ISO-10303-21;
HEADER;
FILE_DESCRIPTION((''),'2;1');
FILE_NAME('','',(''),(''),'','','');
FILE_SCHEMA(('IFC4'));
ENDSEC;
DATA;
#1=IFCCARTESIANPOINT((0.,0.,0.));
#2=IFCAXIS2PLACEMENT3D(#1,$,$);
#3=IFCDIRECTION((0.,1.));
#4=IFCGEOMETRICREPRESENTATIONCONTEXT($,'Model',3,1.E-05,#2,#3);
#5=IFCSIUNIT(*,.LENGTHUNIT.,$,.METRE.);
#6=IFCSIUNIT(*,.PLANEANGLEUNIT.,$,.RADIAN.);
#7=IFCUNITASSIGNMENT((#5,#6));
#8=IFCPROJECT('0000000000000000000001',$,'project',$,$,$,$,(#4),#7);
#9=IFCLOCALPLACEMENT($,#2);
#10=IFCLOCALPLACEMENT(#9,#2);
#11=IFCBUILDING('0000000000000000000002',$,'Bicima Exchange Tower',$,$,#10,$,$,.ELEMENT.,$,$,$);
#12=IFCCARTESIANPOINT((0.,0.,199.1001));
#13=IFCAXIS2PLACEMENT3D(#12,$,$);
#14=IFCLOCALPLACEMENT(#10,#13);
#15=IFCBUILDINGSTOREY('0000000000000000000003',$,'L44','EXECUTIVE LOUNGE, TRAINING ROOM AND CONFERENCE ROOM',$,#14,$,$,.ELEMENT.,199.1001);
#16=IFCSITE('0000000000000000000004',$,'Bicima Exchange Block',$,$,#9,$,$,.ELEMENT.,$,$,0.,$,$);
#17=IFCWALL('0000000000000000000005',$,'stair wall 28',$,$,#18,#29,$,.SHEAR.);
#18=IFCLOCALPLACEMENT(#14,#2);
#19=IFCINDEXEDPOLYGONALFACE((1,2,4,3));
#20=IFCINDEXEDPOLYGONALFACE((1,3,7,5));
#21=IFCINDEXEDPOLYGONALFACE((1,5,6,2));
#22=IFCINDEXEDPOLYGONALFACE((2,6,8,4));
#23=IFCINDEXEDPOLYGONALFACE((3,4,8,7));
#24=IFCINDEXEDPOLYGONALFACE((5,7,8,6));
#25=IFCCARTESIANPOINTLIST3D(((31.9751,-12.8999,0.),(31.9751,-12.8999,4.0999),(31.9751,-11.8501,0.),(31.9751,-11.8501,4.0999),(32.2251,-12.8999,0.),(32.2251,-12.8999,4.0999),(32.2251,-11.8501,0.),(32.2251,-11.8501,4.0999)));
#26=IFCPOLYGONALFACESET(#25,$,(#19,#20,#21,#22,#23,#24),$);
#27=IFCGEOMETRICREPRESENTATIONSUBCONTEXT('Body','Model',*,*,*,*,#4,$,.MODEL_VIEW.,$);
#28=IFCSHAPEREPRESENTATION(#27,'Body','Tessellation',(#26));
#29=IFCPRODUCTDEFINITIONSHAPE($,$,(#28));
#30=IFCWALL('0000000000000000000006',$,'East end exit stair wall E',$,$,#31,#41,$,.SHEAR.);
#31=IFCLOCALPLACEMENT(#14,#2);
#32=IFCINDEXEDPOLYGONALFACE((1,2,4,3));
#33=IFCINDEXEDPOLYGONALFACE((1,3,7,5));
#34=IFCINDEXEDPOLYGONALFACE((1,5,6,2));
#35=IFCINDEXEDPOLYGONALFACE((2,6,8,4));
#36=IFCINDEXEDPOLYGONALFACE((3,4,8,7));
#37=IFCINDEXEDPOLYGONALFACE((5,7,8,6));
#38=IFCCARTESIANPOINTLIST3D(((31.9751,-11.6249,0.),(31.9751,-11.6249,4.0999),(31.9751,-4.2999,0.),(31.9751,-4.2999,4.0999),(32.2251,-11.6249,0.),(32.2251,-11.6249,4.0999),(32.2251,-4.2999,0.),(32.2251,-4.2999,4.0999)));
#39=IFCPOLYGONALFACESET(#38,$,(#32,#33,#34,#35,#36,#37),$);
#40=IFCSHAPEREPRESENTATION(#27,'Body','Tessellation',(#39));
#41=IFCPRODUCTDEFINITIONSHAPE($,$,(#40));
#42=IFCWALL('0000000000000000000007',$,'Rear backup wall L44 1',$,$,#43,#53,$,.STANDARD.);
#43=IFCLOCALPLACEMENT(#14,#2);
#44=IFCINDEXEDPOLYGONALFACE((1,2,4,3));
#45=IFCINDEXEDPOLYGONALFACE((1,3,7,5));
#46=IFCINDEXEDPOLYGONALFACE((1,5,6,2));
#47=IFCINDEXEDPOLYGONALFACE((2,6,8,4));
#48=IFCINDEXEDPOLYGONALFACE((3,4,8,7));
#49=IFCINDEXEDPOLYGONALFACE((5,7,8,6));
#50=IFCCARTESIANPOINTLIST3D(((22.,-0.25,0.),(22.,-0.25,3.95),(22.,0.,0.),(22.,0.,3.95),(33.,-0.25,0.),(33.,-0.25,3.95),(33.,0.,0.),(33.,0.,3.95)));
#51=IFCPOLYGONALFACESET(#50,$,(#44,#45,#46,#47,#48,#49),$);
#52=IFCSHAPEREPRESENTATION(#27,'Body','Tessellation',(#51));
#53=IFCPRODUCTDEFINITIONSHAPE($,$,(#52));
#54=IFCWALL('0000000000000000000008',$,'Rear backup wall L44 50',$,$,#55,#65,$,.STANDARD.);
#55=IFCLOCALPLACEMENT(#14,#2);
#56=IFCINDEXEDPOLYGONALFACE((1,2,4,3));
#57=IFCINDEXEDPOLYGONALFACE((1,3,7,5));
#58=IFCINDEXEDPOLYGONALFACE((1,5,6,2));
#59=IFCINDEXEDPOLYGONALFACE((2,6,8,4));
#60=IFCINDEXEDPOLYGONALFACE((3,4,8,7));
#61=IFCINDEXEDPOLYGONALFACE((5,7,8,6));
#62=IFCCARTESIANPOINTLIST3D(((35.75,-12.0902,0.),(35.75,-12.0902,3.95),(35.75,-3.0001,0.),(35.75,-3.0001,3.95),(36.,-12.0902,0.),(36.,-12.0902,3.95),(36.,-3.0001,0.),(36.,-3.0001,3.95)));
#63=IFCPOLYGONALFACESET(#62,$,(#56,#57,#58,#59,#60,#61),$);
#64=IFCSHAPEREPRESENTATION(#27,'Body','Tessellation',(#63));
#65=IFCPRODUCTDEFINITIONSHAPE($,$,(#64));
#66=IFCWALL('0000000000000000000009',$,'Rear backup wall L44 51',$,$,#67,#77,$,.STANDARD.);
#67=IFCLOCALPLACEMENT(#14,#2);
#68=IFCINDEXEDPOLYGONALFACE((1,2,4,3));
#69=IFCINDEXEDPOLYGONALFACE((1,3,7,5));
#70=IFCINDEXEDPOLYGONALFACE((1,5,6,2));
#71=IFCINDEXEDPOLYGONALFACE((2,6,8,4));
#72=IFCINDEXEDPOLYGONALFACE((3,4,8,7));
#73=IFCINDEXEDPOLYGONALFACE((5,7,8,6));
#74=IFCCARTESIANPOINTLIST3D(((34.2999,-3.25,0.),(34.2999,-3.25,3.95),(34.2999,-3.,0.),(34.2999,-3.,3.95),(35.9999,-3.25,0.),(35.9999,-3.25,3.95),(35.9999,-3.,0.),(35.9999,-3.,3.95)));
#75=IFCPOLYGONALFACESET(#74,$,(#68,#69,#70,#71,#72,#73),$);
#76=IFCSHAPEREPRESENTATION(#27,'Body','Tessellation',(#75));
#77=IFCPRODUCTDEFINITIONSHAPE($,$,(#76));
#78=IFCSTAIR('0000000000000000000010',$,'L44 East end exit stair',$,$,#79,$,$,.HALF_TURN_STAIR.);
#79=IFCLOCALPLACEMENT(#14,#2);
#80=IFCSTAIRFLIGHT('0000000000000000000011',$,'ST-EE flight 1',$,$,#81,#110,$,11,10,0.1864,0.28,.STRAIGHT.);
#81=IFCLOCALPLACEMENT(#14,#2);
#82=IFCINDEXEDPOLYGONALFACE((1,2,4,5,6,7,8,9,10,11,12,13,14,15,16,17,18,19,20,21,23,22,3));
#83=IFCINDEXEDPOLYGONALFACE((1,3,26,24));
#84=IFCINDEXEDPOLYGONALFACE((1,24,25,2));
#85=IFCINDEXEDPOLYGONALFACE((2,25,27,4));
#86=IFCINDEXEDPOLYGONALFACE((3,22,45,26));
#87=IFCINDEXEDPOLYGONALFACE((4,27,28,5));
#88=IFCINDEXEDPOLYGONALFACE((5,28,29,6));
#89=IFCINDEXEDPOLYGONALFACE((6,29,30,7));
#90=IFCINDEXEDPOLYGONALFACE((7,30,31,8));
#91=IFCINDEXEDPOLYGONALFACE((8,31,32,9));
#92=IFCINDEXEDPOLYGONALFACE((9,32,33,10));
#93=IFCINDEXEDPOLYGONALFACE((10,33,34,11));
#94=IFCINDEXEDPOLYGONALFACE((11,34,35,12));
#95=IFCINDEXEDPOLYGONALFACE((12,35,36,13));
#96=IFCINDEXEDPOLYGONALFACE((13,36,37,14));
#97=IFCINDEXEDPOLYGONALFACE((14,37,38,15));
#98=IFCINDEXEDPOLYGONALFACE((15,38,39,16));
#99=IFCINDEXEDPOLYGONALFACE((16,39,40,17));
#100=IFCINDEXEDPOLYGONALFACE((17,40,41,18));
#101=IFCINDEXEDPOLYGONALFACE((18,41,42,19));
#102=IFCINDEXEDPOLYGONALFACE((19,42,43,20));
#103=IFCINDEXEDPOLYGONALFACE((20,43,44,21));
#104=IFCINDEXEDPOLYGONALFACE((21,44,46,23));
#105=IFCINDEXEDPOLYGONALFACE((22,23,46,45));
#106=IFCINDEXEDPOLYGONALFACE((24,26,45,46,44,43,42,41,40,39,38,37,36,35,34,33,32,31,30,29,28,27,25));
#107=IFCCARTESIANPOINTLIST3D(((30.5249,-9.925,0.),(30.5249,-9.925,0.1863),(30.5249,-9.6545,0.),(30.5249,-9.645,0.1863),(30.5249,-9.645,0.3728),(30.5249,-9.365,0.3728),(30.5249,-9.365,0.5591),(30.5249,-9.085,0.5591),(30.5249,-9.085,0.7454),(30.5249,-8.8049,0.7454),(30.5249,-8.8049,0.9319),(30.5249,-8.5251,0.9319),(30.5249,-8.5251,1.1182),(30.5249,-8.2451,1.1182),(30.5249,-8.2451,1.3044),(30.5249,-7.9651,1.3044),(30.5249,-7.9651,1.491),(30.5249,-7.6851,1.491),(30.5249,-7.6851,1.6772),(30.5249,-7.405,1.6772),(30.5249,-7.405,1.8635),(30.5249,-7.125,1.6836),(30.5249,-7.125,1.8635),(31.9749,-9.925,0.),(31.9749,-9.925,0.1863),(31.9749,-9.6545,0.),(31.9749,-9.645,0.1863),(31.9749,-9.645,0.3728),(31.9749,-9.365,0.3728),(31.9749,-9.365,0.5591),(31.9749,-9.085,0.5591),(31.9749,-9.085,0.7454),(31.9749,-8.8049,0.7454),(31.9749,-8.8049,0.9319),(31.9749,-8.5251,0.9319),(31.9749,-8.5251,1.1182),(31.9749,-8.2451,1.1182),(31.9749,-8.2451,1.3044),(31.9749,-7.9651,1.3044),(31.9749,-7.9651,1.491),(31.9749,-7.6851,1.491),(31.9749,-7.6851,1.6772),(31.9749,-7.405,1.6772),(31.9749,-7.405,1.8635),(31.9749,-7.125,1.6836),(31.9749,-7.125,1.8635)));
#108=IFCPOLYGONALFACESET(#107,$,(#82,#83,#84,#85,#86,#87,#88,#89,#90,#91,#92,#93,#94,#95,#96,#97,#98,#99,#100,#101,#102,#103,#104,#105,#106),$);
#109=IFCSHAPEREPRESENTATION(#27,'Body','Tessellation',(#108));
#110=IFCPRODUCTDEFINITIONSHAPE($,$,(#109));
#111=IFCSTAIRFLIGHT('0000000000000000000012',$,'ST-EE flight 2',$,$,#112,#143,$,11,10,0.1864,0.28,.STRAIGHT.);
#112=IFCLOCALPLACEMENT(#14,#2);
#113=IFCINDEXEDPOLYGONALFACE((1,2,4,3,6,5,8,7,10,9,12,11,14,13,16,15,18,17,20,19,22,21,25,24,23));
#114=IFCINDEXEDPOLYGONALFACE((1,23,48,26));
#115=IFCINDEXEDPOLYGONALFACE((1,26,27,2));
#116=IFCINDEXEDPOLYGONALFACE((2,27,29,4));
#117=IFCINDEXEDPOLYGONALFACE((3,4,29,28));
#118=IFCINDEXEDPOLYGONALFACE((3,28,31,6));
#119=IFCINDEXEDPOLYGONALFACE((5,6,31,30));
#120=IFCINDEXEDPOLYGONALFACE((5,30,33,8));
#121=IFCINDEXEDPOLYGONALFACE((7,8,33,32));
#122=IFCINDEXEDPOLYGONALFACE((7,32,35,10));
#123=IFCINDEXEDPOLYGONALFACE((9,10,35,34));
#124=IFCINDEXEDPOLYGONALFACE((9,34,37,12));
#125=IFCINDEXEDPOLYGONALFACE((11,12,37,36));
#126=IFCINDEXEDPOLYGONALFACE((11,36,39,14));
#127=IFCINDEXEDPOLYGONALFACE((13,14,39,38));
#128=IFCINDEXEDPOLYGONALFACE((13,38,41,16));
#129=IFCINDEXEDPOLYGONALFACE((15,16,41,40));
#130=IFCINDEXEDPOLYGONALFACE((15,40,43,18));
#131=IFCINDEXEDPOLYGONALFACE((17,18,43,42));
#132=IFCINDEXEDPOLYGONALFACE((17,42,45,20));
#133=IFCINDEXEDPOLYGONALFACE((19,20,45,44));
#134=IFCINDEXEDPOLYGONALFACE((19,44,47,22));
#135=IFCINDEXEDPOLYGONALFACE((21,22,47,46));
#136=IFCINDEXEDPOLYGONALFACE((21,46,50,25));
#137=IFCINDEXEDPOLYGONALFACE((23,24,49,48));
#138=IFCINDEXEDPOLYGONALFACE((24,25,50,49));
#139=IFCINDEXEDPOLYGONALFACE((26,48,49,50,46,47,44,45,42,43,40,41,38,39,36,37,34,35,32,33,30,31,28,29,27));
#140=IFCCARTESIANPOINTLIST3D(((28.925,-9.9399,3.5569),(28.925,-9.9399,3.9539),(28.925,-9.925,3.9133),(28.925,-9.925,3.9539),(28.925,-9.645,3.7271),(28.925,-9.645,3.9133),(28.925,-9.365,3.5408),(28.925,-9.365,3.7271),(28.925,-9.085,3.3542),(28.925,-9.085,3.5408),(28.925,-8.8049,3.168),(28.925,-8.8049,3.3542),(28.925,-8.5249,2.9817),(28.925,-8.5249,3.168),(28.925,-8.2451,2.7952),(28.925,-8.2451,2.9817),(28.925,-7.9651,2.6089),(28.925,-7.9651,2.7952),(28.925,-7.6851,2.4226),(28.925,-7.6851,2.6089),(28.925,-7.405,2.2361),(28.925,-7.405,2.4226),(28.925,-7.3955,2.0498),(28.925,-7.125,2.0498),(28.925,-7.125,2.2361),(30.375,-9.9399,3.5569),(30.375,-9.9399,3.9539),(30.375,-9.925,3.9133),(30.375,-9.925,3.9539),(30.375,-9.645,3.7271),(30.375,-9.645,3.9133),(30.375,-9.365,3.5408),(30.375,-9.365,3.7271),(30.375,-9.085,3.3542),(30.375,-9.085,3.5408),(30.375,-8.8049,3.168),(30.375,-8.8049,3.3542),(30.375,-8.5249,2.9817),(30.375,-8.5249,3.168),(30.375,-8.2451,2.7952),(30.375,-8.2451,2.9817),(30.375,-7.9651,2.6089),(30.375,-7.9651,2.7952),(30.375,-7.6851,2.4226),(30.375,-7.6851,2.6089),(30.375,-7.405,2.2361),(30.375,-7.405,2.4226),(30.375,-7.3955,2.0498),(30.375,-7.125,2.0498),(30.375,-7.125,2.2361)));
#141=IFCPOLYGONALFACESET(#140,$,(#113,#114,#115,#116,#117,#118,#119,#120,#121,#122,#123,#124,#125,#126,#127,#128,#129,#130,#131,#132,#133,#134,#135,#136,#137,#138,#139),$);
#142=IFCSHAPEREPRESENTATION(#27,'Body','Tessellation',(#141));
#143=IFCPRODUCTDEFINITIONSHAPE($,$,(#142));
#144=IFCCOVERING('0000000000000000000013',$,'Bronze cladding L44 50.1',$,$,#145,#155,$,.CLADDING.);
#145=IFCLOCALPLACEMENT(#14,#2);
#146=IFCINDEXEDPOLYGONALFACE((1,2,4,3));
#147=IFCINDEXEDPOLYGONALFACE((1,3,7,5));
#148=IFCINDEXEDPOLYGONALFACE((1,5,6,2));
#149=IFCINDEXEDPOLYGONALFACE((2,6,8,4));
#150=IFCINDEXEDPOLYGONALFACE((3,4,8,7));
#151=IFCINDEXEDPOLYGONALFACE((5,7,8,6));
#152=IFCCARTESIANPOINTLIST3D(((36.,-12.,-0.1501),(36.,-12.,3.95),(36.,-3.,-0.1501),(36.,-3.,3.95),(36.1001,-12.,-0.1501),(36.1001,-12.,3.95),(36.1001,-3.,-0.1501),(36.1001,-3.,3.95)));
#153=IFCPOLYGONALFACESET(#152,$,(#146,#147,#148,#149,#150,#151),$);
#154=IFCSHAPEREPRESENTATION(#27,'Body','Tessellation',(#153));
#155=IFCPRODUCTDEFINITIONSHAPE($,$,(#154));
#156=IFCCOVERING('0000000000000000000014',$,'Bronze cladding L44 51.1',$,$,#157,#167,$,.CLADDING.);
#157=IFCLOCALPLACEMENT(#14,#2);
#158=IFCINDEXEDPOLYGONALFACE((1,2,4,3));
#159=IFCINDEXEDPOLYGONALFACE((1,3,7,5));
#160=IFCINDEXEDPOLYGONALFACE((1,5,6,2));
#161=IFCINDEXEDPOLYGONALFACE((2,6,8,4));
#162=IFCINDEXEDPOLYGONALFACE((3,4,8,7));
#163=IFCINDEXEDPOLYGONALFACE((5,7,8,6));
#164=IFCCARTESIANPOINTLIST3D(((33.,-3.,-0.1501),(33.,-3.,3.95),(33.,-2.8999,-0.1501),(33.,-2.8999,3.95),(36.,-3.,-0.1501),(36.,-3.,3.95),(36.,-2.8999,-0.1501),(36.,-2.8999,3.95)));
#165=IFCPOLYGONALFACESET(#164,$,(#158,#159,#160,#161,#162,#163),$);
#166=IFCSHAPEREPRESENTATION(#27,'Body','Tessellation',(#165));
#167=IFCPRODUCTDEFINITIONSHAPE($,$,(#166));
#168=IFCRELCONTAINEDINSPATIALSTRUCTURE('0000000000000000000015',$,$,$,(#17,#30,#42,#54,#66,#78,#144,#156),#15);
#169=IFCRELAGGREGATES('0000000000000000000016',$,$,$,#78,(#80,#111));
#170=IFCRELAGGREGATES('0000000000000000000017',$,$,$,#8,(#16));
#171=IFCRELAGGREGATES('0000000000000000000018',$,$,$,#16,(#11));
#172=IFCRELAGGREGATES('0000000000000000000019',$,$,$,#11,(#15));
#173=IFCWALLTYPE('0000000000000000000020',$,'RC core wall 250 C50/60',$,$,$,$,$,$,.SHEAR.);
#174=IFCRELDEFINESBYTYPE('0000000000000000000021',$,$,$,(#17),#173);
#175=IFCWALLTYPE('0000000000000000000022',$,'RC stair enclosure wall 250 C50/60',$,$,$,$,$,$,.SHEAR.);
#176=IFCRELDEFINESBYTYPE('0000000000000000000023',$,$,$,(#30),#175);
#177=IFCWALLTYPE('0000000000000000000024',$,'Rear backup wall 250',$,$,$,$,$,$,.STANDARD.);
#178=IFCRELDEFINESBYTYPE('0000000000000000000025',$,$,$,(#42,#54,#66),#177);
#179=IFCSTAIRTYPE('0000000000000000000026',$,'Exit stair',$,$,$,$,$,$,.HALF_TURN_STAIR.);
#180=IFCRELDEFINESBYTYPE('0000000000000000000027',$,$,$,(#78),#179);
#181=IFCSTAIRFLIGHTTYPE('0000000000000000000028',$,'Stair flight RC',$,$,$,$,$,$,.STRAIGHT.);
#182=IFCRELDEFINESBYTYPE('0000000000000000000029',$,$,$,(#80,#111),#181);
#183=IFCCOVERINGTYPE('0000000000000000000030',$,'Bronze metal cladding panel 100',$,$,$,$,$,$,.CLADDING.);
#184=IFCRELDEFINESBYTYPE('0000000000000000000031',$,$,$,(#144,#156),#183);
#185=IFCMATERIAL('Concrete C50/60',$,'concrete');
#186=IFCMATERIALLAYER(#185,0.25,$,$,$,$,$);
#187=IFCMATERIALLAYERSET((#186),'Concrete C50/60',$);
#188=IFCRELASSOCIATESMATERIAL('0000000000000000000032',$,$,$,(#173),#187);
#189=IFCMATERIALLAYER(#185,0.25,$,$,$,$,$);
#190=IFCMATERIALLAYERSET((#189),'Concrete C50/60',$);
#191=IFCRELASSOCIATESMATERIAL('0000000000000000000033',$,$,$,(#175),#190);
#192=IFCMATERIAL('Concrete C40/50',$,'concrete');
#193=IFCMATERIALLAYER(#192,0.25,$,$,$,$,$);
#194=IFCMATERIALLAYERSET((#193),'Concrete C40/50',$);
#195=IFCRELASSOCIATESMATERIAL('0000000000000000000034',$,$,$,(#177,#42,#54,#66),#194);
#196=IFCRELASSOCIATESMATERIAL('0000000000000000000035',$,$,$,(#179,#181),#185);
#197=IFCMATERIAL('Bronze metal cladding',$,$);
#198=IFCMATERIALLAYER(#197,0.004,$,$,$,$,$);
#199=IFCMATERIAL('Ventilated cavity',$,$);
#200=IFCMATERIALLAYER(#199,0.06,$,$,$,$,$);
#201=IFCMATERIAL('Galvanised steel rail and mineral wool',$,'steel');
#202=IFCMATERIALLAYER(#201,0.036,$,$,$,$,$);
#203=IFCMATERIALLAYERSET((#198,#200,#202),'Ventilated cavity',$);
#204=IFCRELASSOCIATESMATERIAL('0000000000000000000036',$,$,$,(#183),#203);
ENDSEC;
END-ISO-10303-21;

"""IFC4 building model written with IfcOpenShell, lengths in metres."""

from ifc_helpers import new_model, si_unit, direction, frame, frame_2d, origin, origin_2d, place, context, subcontext, project, spatial, polyline, rectangle, outline, extrude, material, layer, layer_set, layer_usage, type_object, element, aggregate, save


model = new_model("IFC4")

# Units and contexts
model_context = context("Model", 3, precision=1e-05, world=origin(), true_north=direction((0.0, 1.0)))
body_context = subcontext(model_context, "Body", "Model", "MODEL_VIEW")
ifc_project = project(units=[si_unit("LENGTHUNIT", "METRE"), si_unit("PLANEANGLEUNIT", "RADIAN")], contexts=[model_context])

# Site, building, storey
site_placement = place(None, origin())
site = spatial("IfcSite", under=ifc_project, at=site_placement, Name="Bicima Exchange Block", CompositionType="ELEMENT", RefElevation=0.0)
building_placement = place(site_placement, origin())
building = spatial("IfcBuilding", under=site, at=building_placement, Name="Bicima Exchange Tower", CompositionType="ELEMENT")
storey_placement = place(building_placement, frame((0.0, 0.0, 199.1001)))
storey = spatial("IfcBuildingStorey", under=building, at=storey_placement, Name="L44", Description="EXECUTIVE LOUNGE, TRAINING ROOM AND CONFERENCE ROOM", CompositionType="ELEMENT", Elevation=199.1001)

# Walls
ifc_material_1 = material(Name="Concrete C50/60", Category="concrete")
ifc_layer_1 = layer(ifc_material_1, 0.25)
ifc_layer_set_1 = layer_set([ifc_layer_1], Name="Concrete C50/60")
wall_type_1 = type_object("IfcWallType", Name="RC core wall 250 C50/60", PredefinedType="SHEAR", material=ifc_layer_set_1)
wall_1_placement = place(storey_placement, frame((32.1001, -12.8999, 0.0), z_axis=(0.0, 0.0, 1.0), x_axis=(0.0, 1.0, 0.0)))
element("IfcWall", 1, at=wall_1_placement, inside=storey, type_object=wall_type_1, Name="stair wall 28", PredefinedType="SHEAR", context=body_context, shape_type="SweptSolid", body=[
    extrude(rectangle(XDim=1.0498, YDim=0.25, at=frame_2d((0.5249, 0.0))), origin(), (0.0, 0.0, 1.0), 4.0999),
])
ifc_layer_2 = layer(ifc_material_1, 0.25)
ifc_layer_set_2 = layer_set([ifc_layer_2], Name="Concrete C50/60")
wall_type_2 = type_object("IfcWallType", Name="RC stair enclosure wall 250 C50/60", PredefinedType="SHEAR", material=ifc_layer_set_2)
wall_2_placement = place(storey_placement, frame((32.1001, -11.625, 0.0), z_axis=(0.0, 0.0, 1.0), x_axis=(0.0, 1.0, 0.0)))
element("IfcWall", 2, at=wall_2_placement, inside=storey, type_object=wall_type_2, Name="East end exit stair wall E", PredefinedType="SHEAR", context=body_context, shape_type="SweptSolid", body=[
    extrude(rectangle(XDim=7.325, YDim=0.25, at=frame_2d((3.6626, 0.0))), origin(), (0.0, 0.0, 1.0), 4.0999),
])
ifc_material_2 = material(Name="Concrete C40/50", Category="concrete")
ifc_layer_3 = layer(ifc_material_2, 0.25)
ifc_layer_set_3 = layer_set([ifc_layer_3], Name="Concrete C40/50")
ifc_layer_usage = layer_usage(ifc_layer_set_3, "AXIS2", "POSITIVE", -0.125)
wall_type_3 = type_object("IfcWallType", Name="Rear backup wall 250", PredefinedType="STANDARD", material=ifc_layer_set_3)
wall_3_placement = place(storey_placement, frame((33.0, -0.125, 0.0), z_axis=(0.0, 0.0, 1.0), x_axis=(-1.0, 0.0, 0.0)))
element("IfcWall", 3, at=wall_3_placement, inside=storey, type_object=wall_type_3, material=ifc_layer_usage, Name="Rear backup wall L44 1", PredefinedType="STANDARD", context=body_context, shape_type="SweptSolid", body=[
    extrude(rectangle(XDim=11.0, YDim=0.25, at=frame_2d((5.5, 0.0))), origin(), (0.0, 0.0, 1.0), 3.95),
])
wall_4_placement = place(storey_placement, frame((35.875, -12.0901, 0.0), z_axis=(0.0, 0.0, 1.0), x_axis=(0.0, 1.0, 0.0)))
element("IfcWall", 4, at=wall_4_placement, inside=storey, type_object=wall_type_3, material=ifc_layer_usage, Name="Rear backup wall L44 50", PredefinedType="STANDARD", context=body_context, shape_type="SweptSolid", body=[
    extrude(rectangle(XDim=9.0901, YDim=0.25, at=frame_2d((4.5449, 0.0))), origin(), (0.0, 0.0, 1.0), 3.95),
])
wall_5_placement = place(storey_placement, frame((36.0, -3.125, 0.0), z_axis=(0.0, 0.0, 1.0), x_axis=(-1.0, 0.0, 0.0)))
element("IfcWall", 5, at=wall_5_placement, inside=storey, type_object=wall_type_3, material=ifc_layer_usage, Name="Rear backup wall L44 51", PredefinedType="STANDARD", context=body_context, shape_type="SweptSolid", body=[
    extrude(rectangle(XDim=1.7, YDim=0.25, at=frame_2d((0.8501, 0.0))), origin(), (0.0, 0.0, 1.0), 3.95),
])

# Stair, stair flights
stair_type = type_object("IfcStairType", Name="Exit stair", PredefinedType="HALF_TURN_STAIR", material=ifc_material_1)
stair_placement = place(storey_placement, origin())
stair = element("IfcStair", 6, at=stair_placement, inside=storey, type_object=stair_type, Name="L44 East end exit stair", PredefinedType="HALF_TURN_STAIR")
stair_flight_type = type_object("IfcStairFlightType", Name="Stair flight RC", PredefinedType="STRAIGHT", material=ifc_material_1)
stair_flight_1_placement = place(storey_placement, frame((31.25, -9.925, 0.0), z_axis=(0.0, 0.0, 1.0), x_axis=(0.0, 1.0, 0.0)))
stair_flight_1 = element("IfcStairFlight", 7, at=stair_flight_1_placement, type_object=stair_flight_type, Name="ST-EE flight 1", NumberOfRisers=11, NumberOfTreads=10, PredefinedType="STRAIGHT", RiserHeight=0.1864, TreadLength=0.28, context=body_context, shape_type="SweptSolid", body=[
    extrude(outline(polyline([(0.0, 0.0), (0.0, 0.1863), (0.28, 0.1863), (0.28, 0.3728), (0.5601, 0.3728), (0.5601, 0.5591), (0.8401, 0.5591), (0.8401, 0.7454), (1.1201, 0.7454), (1.1201, 0.9319), (1.3999, 0.9319), (1.3999, 1.1182), (1.6799, 1.1182), (1.6799, 1.3044), (1.96, 1.3044), (1.96, 1.491), (2.24, 1.491), (2.24, 1.6772), (2.52, 1.6772), (2.52, 1.8635), (2.8, 1.8635), (2.8, 2.05), (2.8, 1.6836), (0.2705, 0.0), (0.0, 0.0)])), frame((0.0, 0.7251, 0.0), z_axis=(0.0, -1.0, 0.0), x_axis=(1.0, 0.0, 0.0)), (0.0, 0.0, 1.0), 1.45),
])
stair_flight_2_placement = place(storey_placement, frame((29.6499, -7.125, 2.0498), z_axis=(0.0, 0.0, 1.0), x_axis=(0.0, -1.0, 0.0)))
stair_flight_2 = element("IfcStairFlight", 8, at=stair_flight_2_placement, type_object=stair_flight_type, Name="ST-EE flight 2", NumberOfRisers=11, NumberOfTreads=10, PredefinedType="STRAIGHT", RiserHeight=0.1864, TreadLength=0.28, context=body_context, shape_type="SweptSolid", body=[
    extrude(outline(polyline([(0.0, 0.0), (0.0, 0.1863), (0.28, 0.1863), (0.28, 0.3728), (0.5601, 0.3728), (0.5601, 0.5591), (0.8401, 0.5591), (0.8401, 0.7454), (1.1201, 0.7454), (1.1201, 0.9319), (1.3999, 0.9319), (1.3999, 1.1182), (1.6799, 1.1182), (1.6799, 1.3044), (1.96, 1.3044), (1.96, 1.491), (2.24, 1.491), (2.24, 1.6772), (2.52, 1.6772), (2.52, 1.8635), (2.8, 1.8635), (2.8, 1.9041), (2.8149, 1.9041), (2.8149, 1.5071), (0.2705, 0.0), (0.0, 0.0)])), frame((0.0, 0.7251, 0.0), z_axis=(0.0, -1.0, 0.0), x_axis=(1.0, 0.0, 0.0)), (0.0, 0.0, 1.0), 1.45),
])
aggregate(stair, [stair_flight_1, stair_flight_2])

# Coverings
ifc_material_3 = material(Name="Bronze metal cladding")
ifc_layer_4 = layer(ifc_material_3, 0.004)
ifc_material_4 = material(Name="Ventilated cavity")
ifc_layer_5 = layer(ifc_material_4, 0.06)
ifc_material_5 = material(Name="Galvanised steel rail and mineral wool", Category="steel")
ifc_layer_6 = layer(ifc_material_5, 0.036)
ifc_layer_set_4 = layer_set([ifc_layer_4, ifc_layer_5, ifc_layer_6], Name="Ventilated cavity")
covering_type = type_object("IfcCoveringType", Name="Bronze metal cladding panel 100", PredefinedType="CLADDING", material=ifc_layer_set_4)
covering_1_placement = place(storey_placement, frame((36.05, -7.5, -0.1501), z_axis=(0.0, 0.0, 1.0), x_axis=(0.0, 1.0, 0.0)))
element("IfcCovering", 9, at=covering_1_placement, inside=storey, type_object=covering_type, Name="Bronze cladding L44 50.1", PredefinedType="CLADDING", context=body_context, shape_type="SweptSolid", body=[
    extrude(rectangle(XDim=9.0, YDim=0.1001, at=origin_2d()), origin(), (0.0, 0.0, 1.0), 4.1001),
])
covering_2_placement = place(storey_placement, frame((34.5, -2.95, -0.1501), z_axis=(0.0, 0.0, 1.0), x_axis=(-1.0, 0.0, 0.0)))
element("IfcCovering", 10, at=covering_2_placement, inside=storey, type_object=covering_type, Name="Bronze cladding L44 51.1", PredefinedType="CLADDING", context=body_context, shape_type="SweptSolid", body=[
    extrude(rectangle(XDim=3.0, YDim=0.1001, at=origin_2d()), origin(), (0.0, 0.0, 1.0), 4.1001),
])

save(model, "model.ifc")
